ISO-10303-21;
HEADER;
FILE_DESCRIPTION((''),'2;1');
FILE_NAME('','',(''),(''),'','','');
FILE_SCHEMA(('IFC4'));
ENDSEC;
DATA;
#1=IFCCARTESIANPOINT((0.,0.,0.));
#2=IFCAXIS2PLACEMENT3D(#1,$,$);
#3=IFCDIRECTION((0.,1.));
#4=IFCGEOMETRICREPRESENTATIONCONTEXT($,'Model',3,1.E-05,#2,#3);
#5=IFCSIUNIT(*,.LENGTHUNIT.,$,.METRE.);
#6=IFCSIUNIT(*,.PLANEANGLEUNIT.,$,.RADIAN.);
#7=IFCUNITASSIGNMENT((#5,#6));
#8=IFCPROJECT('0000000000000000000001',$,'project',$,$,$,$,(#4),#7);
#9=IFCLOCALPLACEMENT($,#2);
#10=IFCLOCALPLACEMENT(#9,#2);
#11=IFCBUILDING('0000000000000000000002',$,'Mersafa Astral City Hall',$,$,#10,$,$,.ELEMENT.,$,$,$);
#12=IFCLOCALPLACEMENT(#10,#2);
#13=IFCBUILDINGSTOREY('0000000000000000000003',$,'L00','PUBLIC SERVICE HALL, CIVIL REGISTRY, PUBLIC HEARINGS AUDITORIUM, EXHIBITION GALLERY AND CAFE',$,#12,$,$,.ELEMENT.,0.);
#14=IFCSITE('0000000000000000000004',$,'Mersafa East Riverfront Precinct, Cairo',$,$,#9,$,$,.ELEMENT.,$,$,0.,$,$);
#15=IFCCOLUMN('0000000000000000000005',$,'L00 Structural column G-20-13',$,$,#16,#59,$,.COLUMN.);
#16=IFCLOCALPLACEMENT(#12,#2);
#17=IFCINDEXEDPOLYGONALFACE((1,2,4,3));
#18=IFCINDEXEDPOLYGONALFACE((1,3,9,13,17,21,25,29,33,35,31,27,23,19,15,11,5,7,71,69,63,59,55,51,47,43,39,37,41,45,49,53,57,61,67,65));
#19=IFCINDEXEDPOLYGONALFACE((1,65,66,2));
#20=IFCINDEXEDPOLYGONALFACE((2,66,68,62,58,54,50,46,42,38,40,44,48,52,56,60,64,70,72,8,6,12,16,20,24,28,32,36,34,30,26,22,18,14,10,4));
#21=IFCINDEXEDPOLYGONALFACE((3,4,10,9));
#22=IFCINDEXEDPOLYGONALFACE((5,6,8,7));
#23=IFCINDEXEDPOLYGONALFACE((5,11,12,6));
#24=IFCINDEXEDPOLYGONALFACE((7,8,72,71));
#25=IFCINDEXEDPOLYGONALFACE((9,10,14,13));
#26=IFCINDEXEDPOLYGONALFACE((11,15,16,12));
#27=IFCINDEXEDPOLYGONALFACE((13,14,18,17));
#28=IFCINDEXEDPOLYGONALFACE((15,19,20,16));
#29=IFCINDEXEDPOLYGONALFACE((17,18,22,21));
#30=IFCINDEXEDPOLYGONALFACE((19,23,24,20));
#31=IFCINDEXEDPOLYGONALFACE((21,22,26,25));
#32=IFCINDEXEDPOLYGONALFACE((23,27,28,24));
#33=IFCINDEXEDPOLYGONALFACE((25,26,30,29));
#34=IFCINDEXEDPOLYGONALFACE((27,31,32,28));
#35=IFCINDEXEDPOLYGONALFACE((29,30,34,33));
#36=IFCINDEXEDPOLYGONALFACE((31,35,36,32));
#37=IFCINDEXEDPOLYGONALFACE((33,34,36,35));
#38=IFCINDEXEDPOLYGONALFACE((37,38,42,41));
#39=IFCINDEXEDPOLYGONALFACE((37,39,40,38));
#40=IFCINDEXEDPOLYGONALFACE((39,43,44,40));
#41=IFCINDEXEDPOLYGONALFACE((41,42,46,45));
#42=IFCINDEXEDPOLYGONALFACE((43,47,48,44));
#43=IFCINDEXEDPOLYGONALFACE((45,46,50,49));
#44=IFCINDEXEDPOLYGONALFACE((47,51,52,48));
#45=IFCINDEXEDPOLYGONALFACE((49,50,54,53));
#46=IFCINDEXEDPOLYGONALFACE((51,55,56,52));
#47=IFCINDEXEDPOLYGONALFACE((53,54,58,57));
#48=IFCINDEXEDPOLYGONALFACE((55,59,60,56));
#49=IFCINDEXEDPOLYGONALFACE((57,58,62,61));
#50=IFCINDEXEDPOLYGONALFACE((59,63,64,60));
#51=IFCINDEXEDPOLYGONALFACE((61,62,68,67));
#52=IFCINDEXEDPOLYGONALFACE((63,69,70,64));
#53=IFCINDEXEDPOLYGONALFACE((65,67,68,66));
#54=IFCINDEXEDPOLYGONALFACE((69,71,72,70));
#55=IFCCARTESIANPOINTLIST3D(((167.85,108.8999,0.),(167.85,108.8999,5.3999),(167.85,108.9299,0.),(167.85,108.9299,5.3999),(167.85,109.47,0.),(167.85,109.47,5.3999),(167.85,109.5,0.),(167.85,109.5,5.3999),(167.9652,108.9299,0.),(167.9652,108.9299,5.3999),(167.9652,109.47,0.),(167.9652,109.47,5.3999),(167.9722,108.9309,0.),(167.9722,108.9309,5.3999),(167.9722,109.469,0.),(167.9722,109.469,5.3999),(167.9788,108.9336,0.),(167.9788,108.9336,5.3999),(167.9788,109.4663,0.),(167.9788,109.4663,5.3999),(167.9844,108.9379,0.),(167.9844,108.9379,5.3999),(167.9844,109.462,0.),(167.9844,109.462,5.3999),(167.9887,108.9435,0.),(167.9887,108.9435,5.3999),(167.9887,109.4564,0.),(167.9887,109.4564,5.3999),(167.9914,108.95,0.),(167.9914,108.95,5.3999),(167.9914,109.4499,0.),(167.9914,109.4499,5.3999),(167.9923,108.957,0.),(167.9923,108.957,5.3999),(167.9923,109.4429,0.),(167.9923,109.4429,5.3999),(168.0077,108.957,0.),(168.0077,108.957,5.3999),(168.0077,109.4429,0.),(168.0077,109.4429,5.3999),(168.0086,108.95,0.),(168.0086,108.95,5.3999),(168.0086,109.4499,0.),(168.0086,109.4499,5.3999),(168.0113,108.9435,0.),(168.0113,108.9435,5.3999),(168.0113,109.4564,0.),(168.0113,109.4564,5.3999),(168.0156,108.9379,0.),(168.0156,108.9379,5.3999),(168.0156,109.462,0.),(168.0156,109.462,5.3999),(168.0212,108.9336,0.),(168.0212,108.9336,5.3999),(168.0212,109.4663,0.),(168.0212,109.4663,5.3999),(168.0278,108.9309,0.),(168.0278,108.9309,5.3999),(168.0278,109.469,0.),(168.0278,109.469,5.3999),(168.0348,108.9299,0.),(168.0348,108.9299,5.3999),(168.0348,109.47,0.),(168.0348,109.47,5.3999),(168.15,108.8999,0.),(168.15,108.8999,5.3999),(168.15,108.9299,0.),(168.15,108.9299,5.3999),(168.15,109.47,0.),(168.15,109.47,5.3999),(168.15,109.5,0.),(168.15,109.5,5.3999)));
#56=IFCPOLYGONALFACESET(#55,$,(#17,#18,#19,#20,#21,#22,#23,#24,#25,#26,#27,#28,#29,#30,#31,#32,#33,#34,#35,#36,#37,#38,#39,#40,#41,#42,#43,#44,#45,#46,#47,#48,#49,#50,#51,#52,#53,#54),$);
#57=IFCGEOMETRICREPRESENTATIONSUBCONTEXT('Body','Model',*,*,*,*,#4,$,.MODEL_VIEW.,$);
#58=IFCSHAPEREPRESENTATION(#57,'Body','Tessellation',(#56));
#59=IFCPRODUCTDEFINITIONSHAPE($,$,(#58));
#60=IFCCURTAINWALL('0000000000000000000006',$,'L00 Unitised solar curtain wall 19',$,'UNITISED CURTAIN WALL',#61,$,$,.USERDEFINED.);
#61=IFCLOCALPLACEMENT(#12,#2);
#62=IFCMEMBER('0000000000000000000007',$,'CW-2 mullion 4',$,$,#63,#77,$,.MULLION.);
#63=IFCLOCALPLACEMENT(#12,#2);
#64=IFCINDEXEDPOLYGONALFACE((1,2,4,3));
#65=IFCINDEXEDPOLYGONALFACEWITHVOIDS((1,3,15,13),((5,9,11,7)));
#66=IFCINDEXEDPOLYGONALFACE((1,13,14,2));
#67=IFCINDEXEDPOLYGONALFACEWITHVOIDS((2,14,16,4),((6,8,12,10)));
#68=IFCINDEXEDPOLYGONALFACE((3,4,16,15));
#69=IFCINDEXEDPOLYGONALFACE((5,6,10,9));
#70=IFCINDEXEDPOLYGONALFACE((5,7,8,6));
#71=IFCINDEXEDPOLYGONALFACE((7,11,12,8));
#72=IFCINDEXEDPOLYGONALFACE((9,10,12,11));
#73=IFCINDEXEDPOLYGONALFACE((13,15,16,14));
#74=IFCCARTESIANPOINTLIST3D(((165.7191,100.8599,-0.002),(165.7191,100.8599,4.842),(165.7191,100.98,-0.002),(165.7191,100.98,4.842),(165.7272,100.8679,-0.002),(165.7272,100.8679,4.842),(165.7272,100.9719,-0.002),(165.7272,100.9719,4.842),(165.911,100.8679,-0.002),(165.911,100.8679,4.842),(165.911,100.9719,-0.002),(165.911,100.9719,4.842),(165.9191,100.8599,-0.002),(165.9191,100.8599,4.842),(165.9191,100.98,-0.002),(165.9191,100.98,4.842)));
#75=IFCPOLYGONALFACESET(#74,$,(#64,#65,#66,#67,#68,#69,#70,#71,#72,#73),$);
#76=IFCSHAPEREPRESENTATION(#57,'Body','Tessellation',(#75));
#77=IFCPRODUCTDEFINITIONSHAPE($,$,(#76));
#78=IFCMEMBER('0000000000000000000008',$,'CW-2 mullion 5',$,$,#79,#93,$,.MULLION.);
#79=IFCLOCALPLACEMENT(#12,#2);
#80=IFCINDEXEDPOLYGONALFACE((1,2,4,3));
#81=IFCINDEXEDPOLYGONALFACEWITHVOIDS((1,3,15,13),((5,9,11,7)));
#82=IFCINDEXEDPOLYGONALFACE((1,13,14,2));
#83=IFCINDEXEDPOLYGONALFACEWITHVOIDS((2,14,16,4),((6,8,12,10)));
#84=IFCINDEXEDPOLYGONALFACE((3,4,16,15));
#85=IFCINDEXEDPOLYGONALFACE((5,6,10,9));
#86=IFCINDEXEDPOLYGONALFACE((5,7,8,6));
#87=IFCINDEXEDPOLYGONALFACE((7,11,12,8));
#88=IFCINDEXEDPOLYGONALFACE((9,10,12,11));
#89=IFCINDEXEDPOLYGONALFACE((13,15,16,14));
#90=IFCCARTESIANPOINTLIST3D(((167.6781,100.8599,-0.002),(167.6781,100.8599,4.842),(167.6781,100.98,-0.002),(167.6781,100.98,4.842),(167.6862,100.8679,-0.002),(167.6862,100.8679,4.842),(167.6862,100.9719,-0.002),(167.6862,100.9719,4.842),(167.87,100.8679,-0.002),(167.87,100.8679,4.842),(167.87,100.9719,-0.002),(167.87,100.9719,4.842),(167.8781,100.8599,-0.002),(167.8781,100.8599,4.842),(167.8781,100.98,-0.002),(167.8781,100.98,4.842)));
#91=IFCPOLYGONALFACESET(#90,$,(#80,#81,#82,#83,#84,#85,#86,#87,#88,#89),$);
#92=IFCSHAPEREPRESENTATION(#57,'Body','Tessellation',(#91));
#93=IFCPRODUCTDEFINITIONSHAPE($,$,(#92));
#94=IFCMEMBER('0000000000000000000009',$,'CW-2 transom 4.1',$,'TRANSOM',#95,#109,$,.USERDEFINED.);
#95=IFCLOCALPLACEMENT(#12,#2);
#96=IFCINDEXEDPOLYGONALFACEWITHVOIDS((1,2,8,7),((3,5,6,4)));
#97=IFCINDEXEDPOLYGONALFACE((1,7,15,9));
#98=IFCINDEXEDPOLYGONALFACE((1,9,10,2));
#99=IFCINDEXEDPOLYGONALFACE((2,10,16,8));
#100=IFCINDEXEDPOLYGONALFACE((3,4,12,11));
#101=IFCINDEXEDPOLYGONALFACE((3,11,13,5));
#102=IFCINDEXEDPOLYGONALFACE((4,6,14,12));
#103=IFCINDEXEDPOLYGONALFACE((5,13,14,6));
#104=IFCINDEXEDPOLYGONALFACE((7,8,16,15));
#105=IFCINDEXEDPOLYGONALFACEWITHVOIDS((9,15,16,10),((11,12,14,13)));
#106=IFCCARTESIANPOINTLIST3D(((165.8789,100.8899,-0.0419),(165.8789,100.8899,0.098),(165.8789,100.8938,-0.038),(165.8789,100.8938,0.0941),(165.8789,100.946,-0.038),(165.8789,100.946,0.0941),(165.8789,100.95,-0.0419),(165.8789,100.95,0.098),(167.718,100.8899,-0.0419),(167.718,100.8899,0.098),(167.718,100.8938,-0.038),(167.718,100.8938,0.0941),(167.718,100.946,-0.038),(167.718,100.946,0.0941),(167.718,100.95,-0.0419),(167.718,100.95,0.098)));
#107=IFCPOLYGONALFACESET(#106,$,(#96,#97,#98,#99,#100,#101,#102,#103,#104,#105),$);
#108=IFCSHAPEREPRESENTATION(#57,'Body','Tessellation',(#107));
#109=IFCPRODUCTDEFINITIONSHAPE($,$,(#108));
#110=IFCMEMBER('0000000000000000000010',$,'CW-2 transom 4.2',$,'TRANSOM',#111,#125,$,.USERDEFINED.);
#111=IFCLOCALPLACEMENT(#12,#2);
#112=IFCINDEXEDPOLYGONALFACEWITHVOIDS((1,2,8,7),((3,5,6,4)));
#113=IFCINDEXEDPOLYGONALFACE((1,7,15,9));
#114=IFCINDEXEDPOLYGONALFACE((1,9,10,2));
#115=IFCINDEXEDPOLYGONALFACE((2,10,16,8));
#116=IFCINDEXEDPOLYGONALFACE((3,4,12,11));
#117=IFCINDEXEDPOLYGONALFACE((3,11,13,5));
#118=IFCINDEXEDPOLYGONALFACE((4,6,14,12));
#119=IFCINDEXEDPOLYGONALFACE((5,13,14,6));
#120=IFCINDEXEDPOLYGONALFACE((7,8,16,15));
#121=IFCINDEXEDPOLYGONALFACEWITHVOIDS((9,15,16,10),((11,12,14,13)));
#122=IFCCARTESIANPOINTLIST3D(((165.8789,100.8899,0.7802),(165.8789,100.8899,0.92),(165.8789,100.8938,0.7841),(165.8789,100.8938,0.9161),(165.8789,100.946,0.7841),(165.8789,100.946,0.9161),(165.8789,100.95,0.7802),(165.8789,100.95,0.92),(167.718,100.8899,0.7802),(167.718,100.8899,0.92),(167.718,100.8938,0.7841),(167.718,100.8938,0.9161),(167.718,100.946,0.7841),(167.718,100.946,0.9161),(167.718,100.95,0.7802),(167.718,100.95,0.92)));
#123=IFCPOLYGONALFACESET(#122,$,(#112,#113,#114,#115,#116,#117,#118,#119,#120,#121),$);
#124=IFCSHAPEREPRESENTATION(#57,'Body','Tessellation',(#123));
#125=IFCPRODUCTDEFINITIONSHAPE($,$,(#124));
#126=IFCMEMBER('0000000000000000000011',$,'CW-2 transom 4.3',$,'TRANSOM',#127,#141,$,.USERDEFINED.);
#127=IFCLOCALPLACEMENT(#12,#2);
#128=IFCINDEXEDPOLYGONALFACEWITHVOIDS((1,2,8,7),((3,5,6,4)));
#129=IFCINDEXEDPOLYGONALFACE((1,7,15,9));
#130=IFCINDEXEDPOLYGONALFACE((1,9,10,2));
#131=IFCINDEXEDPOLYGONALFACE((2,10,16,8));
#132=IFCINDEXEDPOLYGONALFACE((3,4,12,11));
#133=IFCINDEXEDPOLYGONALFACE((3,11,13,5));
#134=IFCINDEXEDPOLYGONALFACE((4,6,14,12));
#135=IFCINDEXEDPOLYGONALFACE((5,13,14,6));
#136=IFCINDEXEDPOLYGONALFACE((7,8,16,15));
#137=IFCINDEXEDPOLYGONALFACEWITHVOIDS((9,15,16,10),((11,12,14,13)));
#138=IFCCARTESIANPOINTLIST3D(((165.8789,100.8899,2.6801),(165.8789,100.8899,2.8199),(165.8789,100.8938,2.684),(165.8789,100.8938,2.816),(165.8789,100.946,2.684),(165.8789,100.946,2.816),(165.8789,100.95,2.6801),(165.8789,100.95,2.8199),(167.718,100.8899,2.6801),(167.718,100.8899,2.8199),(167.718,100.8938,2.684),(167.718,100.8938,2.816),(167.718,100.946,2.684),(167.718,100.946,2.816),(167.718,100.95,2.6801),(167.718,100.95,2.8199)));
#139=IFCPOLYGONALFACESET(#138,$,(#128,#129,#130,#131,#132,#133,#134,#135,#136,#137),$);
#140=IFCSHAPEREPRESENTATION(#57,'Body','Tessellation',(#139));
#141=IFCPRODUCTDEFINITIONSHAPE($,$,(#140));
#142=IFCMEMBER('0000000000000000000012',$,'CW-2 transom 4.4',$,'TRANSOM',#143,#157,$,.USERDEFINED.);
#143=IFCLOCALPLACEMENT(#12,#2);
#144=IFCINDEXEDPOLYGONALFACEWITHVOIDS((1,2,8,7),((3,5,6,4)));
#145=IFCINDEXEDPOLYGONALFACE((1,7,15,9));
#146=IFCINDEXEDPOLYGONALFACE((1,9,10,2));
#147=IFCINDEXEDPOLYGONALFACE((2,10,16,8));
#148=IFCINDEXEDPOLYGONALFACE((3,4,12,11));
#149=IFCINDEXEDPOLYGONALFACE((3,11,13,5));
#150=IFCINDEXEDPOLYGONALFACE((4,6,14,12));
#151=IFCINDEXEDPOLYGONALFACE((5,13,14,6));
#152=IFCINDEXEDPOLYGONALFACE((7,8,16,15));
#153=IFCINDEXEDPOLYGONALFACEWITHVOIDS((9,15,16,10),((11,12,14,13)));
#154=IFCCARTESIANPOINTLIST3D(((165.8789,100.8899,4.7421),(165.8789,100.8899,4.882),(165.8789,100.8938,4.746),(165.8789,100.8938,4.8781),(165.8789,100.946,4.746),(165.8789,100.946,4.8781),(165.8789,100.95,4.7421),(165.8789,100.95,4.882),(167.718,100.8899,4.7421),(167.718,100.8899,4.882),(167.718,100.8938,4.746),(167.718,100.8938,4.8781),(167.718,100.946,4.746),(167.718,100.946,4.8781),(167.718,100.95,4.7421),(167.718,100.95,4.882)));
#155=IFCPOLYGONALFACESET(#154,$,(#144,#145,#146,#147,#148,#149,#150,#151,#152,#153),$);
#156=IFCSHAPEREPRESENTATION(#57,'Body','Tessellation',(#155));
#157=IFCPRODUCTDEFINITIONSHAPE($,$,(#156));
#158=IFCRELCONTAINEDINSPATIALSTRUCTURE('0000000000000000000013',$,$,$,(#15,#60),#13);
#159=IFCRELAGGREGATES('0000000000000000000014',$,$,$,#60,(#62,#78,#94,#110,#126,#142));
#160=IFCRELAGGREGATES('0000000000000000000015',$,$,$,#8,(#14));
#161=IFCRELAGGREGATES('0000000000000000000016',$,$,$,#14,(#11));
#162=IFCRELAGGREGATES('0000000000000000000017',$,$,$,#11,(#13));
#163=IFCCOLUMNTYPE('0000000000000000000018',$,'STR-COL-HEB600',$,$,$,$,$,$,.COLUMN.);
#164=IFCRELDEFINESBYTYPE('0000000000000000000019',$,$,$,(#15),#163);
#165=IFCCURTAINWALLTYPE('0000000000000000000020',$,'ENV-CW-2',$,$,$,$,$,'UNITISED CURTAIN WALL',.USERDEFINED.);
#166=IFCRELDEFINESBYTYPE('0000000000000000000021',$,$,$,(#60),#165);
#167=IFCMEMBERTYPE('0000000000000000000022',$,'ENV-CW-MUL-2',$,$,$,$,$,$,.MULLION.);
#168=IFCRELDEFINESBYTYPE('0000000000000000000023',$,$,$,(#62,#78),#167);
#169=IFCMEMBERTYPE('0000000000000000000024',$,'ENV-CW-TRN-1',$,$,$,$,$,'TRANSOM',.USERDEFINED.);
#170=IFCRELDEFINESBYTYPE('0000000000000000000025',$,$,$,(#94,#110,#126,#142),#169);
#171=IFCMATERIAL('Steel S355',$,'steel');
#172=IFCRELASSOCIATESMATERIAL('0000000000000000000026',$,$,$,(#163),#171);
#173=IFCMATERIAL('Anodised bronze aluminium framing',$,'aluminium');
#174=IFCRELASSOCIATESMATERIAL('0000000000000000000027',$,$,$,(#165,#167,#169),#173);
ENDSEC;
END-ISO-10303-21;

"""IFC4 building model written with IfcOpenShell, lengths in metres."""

from ifc_helpers import new_model, si_unit, direction, frame, origin, origin_2d, place, context, subcontext, project, spatial, hollow_rectangle, i_section, extrude, material, material_profile, profile_set, type_object, element, aggregate, save


model = new_model("IFC4")

# Units and contexts
model_context = context("Model", 3, precision=1e-05, world=origin(), true_north=direction((0.0, 1.0)))
body_context = subcontext(model_context, "Body", "Model", "MODEL_VIEW")
ifc_project = project(units=[si_unit("LENGTHUNIT", "METRE"), si_unit("PLANEANGLEUNIT", "RADIAN")], contexts=[model_context])

# Site, building, storey
site_placement = place(None, origin())
site = spatial("IfcSite", under=ifc_project, at=site_placement, Name="Mersafa East Riverfront Precinct, Cairo", CompositionType="ELEMENT", RefElevation=0.0)
building_placement = place(site_placement, origin())
building = spatial("IfcBuilding", under=site, at=building_placement, Name="Mersafa Astral City Hall", CompositionType="ELEMENT")
storey_placement = place(building_placement, origin())
storey = spatial("IfcBuildingStorey", under=building, at=storey_placement, Name="L00", Description="PUBLIC SERVICE HALL, CIVIL REGISTRY, PUBLIC HEARINGS AUDITORIUM, EXHIBITION GALLERY AND CAFE", CompositionType="ELEMENT", Elevation=0.0)

# Column
ifc_material_1 = material(Name="Steel S355", Category="steel")
ifc_material_profile_1 = material_profile(ifc_material_1, i_section(OverallWidth=0.3, OverallDepth=0.6001, WebThickness=0.0154, FlangeThickness=0.03, FilletRadius=0.0271, at=origin_2d()), Name="HEB 600")
ifc_profile_set_1 = profile_set([ifc_material_profile_1], Name="Steel S355")
column_type = type_object("IfcColumnType", Name="STR-COL-HEB600", PredefinedType="COLUMN", material=ifc_profile_set_1)
column_placement = place(storey_placement, frame((168.0, 109.2, 0.0), z_axis=(0.0, 0.0, 1.0), x_axis=(1.0, 0.0, 0.0)))
element("IfcColumn", 1, at=column_placement, inside=storey, type_object=column_type, Name="L00 Structural column G-20-13", PredefinedType="COLUMN", context=body_context, shape_type="SweptSolid", body=[
    extrude(i_section(OverallWidth=0.3, OverallDepth=0.6001, WebThickness=0.0154, FlangeThickness=0.03, FilletRadius=0.0271, at=origin_2d()), origin(), (0.0, 0.0, 1.0), 5.3999),
])

# Curtain wall, members
ifc_material_2 = material(Name="Anodised bronze aluminium framing", Category="aluminium")
curtain_wall_type = type_object("IfcCurtainWallType", Name="ENV-CW-2", ElementType="UNITISED CURTAIN WALL", PredefinedType="USERDEFINED", material=ifc_material_2)
curtain_wall_placement = place(storey_placement, origin())
curtain_wall = element("IfcCurtainWall", 2, at=curtain_wall_placement, inside=storey, type_object=curtain_wall_type, Name="L00 Unitised solar curtain wall 19", ObjectType="UNITISED CURTAIN WALL", PredefinedType="USERDEFINED")
ifc_material_profile_2 = material_profile(ifc_material_2, hollow_rectangle(XDim=0.1201, YDim=0.2, WallThickness=0.0081, at=origin_2d()), Name="RHS 120x200x8")
ifc_profile_set_2 = profile_set([ifc_material_profile_2], Name="Anodised bronze aluminium framing")
member_type_1 = type_object("IfcMemberType", Name="ENV-CW-MUL-2", PredefinedType="MULLION", material=ifc_profile_set_2)
member_1_placement = place(storey_placement, frame((165.8191, 100.9199, -0.002), z_axis=(0.0, 0.0, 1.0), x_axis=(0.0, 1.0, 0.0)))
member_1 = element("IfcMember", 3, at=member_1_placement, type_object=member_type_1, Name="CW-2 mullion 4", PredefinedType="MULLION", context=body_context, shape_type="SweptSolid", body=[
    extrude(hollow_rectangle(XDim=0.1201, YDim=0.2, WallThickness=0.0081, at=origin_2d()), origin(), (0.0, 0.0, 1.0), 4.844),
])
member_2_placement = place(storey_placement, frame((167.7781, 100.9199, -0.002), z_axis=(0.0, 0.0, 1.0), x_axis=(0.0, 1.0, 0.0)))
member_2 = element("IfcMember", 4, at=member_2_placement, type_object=member_type_1, Name="CW-2 mullion 5", PredefinedType="MULLION", context=body_context, shape_type="SweptSolid", body=[
    extrude(hollow_rectangle(XDim=0.1201, YDim=0.2, WallThickness=0.0081, at=origin_2d()), origin(), (0.0, 0.0, 1.0), 4.844),
])
ifc_material_profile_3 = material_profile(ifc_material_2, hollow_rectangle(XDim=0.0601, YDim=0.1399, WallThickness=0.0039, at=origin_2d()), Name="RHS 60x140x4")
ifc_profile_set_3 = profile_set([ifc_material_profile_3], Name="Anodised bronze aluminium framing")
member_type_2 = type_object("IfcMemberType", Name="ENV-CW-TRN-1", ElementType="TRANSOM", PredefinedType="USERDEFINED", material=ifc_profile_set_3)
member_3_placement = place(storey_placement, frame((165.8789, 100.9199, 0.0281), z_axis=(1.0, 0.0, 0.0), x_axis=(0.0, 1.0, 0.0)))
member_3 = element("IfcMember", 5, at=member_3_placement, type_object=member_type_2, Name="CW-2 transom 4.1", ObjectType="TRANSOM", PredefinedType="USERDEFINED", context=body_context, shape_type="SweptSolid", body=[
    extrude(hollow_rectangle(XDim=0.0601, YDim=0.1399, WallThickness=0.0039, at=origin_2d()), origin(), (0.0, 0.0, 1.0), 1.8391),
])
member_4_placement = place(storey_placement, frame((165.8789, 100.9199, 0.8501), z_axis=(1.0, 0.0, 0.0), x_axis=(0.0, 1.0, 0.0)))
member_4 = element("IfcMember", 6, at=member_4_placement, type_object=member_type_2, Name="CW-2 transom 4.2", ObjectType="TRANSOM", PredefinedType="USERDEFINED", context=body_context, shape_type="SweptSolid", body=[
    extrude(hollow_rectangle(XDim=0.0601, YDim=0.1399, WallThickness=0.0039, at=origin_2d()), origin(), (0.0, 0.0, 1.0), 1.8391),
])
member_5_placement = place(storey_placement, frame((165.8789, 100.9199, 2.75), z_axis=(1.0, 0.0, 0.0), x_axis=(0.0, 1.0, 0.0)))
member_5 = element("IfcMember", 7, at=member_5_placement, type_object=member_type_2, Name="CW-2 transom 4.3", ObjectType="TRANSOM", PredefinedType="USERDEFINED", context=body_context, shape_type="SweptSolid", body=[
    extrude(hollow_rectangle(XDim=0.0601, YDim=0.1399, WallThickness=0.0039, at=origin_2d()), origin(), (0.0, 0.0, 1.0), 1.8391),
])
member_6_placement = place(storey_placement, frame((165.8789, 100.9199, 4.812), z_axis=(1.0, 0.0, 0.0), x_axis=(0.0, 1.0, 0.0)))
member_6 = element("IfcMember", 8, at=member_6_placement, type_object=member_type_2, Name="CW-2 transom 4.4", ObjectType="TRANSOM", PredefinedType="USERDEFINED", context=body_context, shape_type="SweptSolid", body=[
    extrude(hollow_rectangle(XDim=0.0601, YDim=0.1399, WallThickness=0.0039, at=origin_2d()), origin(), (0.0, 0.0, 1.0), 1.8391),
])

aggregate(curtain_wall, [member_1, member_2, member_3, member_4, member_5, member_6])

save(model, "model.ifc")
